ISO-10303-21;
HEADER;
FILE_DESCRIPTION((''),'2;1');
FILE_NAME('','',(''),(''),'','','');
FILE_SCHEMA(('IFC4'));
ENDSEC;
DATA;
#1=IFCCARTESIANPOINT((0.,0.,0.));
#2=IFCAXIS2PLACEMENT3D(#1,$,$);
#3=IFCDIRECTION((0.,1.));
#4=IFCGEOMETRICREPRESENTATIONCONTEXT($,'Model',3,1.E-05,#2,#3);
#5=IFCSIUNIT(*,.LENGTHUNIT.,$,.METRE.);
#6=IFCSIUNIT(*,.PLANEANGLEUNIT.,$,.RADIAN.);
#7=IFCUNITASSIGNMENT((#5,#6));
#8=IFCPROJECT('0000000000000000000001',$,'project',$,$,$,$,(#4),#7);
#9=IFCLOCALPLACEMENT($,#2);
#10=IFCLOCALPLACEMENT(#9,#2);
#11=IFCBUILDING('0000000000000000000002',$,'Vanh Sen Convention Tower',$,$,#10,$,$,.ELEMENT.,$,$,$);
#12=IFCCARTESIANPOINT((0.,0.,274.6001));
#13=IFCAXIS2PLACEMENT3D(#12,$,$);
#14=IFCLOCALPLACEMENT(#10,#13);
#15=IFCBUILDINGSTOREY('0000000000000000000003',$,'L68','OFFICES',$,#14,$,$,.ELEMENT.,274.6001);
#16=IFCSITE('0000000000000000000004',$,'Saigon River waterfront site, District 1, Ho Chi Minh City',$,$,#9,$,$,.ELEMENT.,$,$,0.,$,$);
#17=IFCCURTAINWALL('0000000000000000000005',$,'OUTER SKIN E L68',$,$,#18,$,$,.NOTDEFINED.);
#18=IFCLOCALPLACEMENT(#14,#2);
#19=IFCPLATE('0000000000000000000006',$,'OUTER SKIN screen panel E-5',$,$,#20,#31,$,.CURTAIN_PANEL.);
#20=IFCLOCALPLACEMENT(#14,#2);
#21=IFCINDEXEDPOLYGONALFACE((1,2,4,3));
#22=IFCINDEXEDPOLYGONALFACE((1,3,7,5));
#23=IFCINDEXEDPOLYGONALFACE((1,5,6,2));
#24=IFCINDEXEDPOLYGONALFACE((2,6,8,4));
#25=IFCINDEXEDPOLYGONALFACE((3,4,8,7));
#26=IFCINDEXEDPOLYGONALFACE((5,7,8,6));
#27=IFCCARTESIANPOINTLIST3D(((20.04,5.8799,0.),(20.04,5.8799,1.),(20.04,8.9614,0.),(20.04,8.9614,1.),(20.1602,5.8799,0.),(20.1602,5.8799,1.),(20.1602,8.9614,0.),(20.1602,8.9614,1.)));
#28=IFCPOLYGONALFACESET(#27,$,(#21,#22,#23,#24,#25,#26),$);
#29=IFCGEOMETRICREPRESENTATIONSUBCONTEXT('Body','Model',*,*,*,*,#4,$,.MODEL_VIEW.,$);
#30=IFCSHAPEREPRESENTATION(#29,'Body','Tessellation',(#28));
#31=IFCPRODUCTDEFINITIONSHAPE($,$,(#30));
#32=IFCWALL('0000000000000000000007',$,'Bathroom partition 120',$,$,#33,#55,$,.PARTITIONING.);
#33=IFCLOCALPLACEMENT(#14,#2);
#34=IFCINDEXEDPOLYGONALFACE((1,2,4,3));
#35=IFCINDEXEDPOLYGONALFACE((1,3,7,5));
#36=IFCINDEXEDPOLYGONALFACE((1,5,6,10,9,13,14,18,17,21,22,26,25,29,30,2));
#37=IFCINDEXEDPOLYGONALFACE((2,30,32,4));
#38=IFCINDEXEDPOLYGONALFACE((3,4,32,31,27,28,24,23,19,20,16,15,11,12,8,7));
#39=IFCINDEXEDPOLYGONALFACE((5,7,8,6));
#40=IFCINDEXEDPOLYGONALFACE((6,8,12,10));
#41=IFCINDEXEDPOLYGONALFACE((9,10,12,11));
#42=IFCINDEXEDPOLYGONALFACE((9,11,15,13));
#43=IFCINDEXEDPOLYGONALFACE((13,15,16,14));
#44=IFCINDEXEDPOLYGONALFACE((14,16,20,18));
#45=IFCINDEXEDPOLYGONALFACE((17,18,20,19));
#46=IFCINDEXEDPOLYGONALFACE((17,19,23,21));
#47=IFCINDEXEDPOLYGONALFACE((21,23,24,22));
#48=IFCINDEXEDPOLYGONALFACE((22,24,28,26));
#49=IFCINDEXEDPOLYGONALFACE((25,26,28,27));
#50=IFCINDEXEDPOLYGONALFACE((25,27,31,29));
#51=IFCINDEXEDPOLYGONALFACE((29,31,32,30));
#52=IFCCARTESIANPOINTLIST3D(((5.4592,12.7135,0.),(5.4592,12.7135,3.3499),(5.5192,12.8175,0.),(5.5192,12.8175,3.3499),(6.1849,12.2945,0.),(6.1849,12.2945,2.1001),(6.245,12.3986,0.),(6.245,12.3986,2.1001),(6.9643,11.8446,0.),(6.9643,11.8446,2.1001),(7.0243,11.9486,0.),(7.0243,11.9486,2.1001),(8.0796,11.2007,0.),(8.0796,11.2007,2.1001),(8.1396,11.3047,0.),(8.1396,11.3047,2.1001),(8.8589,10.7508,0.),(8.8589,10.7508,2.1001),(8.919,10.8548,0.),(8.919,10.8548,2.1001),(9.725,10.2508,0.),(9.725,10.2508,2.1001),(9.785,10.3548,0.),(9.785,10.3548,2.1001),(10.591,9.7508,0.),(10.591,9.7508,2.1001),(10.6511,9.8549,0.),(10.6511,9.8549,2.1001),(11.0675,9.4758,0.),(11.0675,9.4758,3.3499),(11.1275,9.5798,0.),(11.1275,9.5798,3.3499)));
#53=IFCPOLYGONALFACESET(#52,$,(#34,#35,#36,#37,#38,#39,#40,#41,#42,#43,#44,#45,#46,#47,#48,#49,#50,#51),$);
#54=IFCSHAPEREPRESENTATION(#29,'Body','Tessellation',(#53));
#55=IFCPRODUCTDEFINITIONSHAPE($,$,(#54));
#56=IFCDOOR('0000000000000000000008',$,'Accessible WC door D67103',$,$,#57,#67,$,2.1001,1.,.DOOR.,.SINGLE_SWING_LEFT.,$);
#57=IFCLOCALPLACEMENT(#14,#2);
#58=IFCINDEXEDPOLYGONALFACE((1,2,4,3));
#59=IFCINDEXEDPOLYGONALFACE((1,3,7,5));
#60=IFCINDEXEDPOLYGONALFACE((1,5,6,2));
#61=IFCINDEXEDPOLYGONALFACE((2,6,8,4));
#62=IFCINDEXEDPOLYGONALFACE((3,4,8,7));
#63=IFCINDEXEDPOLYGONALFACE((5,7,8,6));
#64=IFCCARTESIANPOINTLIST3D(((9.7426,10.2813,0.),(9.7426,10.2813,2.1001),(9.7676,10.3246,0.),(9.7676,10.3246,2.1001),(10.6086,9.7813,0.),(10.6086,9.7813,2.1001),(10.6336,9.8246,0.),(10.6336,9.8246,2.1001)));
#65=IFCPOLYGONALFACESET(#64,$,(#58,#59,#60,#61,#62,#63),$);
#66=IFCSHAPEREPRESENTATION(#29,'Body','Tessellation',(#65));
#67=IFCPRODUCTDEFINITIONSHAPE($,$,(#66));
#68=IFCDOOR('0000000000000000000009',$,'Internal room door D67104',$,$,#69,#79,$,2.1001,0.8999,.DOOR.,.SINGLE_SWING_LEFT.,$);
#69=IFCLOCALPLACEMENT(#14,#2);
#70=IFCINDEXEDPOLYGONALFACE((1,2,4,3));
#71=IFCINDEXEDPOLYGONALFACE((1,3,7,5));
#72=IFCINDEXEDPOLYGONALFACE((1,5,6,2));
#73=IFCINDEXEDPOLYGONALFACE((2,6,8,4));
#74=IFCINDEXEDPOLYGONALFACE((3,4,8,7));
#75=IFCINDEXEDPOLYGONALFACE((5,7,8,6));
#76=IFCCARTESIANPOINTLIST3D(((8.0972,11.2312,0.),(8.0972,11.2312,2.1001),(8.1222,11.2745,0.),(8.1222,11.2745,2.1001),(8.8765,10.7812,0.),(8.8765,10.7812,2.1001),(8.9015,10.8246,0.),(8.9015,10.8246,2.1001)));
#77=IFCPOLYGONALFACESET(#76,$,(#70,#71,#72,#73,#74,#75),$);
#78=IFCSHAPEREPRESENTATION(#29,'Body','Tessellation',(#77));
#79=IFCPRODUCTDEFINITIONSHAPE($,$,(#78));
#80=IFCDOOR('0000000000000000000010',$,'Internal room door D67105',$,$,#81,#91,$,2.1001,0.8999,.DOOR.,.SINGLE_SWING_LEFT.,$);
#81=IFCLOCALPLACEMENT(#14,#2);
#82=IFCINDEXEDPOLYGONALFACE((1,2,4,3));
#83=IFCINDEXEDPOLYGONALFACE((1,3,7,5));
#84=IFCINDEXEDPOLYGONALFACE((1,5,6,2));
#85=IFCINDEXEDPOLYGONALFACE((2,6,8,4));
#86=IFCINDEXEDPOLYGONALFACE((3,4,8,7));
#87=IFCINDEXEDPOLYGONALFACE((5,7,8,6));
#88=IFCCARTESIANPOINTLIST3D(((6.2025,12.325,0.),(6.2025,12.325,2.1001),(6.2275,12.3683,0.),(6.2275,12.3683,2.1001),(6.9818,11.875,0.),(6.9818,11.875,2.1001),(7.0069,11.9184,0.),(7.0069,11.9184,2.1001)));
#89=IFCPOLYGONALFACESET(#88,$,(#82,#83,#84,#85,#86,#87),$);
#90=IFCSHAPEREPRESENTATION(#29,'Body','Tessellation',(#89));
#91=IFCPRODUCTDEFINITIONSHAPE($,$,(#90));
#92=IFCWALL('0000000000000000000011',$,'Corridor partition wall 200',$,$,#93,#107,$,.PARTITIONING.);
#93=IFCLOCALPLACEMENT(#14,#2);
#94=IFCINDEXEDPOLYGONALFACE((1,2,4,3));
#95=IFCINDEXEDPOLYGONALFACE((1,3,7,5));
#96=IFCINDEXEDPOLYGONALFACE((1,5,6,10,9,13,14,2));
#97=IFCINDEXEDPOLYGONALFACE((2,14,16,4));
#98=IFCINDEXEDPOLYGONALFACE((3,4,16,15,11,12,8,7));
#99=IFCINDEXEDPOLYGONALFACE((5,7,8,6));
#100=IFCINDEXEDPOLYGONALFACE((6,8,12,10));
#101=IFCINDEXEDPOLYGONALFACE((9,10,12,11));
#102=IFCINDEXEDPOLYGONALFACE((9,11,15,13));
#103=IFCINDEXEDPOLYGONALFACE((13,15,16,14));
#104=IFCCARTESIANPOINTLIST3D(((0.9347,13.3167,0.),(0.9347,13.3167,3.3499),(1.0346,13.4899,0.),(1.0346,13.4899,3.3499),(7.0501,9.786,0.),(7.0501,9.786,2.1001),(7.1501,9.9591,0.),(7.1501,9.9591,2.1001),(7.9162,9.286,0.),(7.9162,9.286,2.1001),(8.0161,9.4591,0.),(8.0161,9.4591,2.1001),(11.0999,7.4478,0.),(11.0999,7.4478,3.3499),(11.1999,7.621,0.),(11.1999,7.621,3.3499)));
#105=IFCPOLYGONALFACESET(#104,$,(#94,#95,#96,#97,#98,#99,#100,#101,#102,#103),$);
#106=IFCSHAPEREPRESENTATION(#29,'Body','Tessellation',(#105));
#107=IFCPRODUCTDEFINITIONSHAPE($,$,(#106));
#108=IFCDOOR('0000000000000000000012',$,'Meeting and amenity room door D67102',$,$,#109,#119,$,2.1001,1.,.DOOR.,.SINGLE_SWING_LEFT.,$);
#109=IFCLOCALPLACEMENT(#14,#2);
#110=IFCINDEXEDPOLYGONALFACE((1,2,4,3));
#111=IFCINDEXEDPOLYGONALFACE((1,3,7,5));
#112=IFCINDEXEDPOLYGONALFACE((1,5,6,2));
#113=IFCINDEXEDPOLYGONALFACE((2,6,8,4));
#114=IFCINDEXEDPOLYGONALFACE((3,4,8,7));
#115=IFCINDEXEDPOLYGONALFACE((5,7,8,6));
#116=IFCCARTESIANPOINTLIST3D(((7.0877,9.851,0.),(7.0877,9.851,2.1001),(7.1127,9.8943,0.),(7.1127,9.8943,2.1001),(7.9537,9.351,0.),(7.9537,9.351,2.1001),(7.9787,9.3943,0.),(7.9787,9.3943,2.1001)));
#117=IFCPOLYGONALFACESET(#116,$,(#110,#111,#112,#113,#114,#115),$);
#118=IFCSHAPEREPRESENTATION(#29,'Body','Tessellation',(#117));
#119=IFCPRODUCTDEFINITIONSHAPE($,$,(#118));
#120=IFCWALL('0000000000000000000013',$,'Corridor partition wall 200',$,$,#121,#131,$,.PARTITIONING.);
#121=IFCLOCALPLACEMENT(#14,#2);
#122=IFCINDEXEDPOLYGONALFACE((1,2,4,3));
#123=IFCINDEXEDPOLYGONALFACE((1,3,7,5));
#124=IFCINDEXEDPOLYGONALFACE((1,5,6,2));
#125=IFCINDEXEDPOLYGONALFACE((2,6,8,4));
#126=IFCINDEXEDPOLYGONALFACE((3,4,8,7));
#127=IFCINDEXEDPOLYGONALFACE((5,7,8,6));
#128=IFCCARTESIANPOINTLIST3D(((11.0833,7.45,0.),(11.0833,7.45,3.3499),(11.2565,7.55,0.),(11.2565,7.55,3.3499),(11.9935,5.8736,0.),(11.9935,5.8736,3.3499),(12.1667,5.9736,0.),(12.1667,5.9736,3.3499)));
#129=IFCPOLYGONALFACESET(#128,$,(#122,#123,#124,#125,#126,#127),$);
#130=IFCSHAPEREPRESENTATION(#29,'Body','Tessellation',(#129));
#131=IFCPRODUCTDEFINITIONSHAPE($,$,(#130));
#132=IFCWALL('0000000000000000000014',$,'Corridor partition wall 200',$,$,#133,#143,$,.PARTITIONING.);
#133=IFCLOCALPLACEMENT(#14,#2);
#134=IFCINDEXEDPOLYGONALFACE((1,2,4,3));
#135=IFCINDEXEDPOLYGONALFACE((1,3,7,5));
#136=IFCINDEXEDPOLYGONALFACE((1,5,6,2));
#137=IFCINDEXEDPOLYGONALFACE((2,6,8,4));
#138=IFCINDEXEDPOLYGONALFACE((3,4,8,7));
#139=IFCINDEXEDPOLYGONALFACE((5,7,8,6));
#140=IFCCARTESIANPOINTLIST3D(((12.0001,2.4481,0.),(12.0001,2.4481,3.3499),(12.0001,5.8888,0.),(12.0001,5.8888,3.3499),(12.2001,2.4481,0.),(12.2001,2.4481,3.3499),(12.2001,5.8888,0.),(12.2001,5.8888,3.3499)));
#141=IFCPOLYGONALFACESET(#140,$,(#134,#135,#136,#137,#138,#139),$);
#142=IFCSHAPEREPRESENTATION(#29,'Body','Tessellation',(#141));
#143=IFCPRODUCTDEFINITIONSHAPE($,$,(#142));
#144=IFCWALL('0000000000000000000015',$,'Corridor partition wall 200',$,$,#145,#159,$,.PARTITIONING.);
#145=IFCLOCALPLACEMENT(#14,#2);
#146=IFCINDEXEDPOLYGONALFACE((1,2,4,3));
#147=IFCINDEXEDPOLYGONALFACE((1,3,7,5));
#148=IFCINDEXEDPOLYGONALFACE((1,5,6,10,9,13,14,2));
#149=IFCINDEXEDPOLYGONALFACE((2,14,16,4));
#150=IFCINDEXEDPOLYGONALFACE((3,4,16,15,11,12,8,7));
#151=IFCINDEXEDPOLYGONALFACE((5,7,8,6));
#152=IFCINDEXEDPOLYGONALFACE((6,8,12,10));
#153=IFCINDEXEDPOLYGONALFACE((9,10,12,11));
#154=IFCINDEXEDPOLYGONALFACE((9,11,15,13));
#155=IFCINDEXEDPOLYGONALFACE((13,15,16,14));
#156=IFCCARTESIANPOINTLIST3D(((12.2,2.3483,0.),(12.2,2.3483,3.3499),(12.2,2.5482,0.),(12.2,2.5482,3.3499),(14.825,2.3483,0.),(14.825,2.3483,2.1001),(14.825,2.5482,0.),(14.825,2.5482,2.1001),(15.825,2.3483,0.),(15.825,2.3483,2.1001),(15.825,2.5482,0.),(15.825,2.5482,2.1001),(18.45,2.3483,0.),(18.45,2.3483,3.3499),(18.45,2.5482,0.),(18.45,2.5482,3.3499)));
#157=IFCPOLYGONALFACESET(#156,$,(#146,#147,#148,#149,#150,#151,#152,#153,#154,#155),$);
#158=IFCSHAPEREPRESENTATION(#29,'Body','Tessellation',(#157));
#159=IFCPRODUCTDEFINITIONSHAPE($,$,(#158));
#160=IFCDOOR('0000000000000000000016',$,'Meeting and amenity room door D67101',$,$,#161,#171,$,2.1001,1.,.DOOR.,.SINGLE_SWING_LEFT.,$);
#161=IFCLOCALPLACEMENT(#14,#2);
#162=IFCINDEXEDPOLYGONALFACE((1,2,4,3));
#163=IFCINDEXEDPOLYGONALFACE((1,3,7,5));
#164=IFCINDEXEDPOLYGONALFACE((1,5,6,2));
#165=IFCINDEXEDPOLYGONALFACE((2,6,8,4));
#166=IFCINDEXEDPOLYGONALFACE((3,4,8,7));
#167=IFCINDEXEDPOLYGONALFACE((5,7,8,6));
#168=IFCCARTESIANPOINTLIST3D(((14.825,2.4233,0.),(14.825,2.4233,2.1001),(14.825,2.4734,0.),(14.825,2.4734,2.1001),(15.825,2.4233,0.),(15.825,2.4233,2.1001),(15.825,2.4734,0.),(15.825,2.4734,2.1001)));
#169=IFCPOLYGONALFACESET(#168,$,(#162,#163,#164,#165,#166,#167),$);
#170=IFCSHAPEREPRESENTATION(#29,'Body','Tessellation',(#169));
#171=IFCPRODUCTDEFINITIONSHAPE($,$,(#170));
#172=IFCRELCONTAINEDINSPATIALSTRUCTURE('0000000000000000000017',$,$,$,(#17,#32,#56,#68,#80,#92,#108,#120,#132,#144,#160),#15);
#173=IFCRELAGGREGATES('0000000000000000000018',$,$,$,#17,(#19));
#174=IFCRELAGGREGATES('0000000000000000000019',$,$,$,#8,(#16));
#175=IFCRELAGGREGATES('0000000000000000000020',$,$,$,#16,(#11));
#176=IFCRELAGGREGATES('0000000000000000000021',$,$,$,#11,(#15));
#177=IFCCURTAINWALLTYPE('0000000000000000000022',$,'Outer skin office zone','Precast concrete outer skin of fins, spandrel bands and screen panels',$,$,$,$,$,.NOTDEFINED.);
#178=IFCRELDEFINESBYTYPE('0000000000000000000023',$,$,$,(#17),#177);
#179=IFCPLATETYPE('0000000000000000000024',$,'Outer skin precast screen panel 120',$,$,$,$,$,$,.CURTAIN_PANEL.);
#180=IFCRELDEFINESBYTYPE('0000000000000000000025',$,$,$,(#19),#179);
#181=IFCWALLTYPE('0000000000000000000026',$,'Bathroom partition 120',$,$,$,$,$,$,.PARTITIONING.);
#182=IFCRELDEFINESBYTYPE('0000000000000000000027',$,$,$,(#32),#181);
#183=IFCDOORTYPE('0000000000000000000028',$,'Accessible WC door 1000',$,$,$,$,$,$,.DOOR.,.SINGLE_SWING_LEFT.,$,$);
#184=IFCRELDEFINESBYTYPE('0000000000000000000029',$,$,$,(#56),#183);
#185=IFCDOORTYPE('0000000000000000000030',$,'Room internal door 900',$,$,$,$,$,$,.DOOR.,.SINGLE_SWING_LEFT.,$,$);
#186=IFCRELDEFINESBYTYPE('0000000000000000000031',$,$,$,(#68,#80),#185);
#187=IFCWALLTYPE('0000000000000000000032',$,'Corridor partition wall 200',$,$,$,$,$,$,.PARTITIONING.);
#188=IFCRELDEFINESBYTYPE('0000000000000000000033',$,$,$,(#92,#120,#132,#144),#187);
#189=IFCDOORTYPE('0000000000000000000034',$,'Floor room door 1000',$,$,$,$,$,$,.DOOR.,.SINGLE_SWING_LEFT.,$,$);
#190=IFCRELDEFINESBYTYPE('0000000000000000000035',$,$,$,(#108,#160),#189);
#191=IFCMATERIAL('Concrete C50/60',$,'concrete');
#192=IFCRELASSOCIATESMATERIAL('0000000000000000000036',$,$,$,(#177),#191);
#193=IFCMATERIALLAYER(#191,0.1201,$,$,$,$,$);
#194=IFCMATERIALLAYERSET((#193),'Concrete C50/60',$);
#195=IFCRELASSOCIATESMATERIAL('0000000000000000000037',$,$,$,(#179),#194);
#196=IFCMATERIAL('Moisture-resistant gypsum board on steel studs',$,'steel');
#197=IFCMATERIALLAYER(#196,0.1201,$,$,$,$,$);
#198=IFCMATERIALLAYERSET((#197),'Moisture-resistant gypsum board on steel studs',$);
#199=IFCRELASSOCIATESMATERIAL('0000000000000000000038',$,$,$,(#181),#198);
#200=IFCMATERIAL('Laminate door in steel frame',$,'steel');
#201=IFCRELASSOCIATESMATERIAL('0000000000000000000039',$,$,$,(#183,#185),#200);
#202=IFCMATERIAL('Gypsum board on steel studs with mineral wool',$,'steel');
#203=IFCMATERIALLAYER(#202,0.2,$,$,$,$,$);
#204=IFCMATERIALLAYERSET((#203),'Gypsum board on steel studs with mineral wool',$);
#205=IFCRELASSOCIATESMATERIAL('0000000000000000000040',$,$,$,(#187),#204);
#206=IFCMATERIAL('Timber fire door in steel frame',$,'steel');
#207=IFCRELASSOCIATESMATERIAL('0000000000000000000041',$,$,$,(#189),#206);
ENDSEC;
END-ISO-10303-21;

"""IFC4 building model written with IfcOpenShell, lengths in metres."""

from ifc_helpers import new_model, si_unit, direction, frame, frame_2d, origin, origin_2d, place, context, subcontext, project, spatial, rectangle, extrude, material, layer, layer_set, type_object, element, fill, aggregate, save


model = new_model("IFC4")

# Units and contexts
model_context = context("Model", 3, precision=1e-05, world=origin(), true_north=direction((0.0, 1.0)))
body_context = subcontext(model_context, "Body", "Model", "MODEL_VIEW")
ifc_project = project(units=[si_unit("LENGTHUNIT", "METRE"), si_unit("PLANEANGLEUNIT", "RADIAN")], contexts=[model_context])

# Site, building, storey
site_placement = place(None, origin())
site = spatial("IfcSite", under=ifc_project, at=site_placement, Name="Saigon River waterfront site, District 1, Ho Chi Minh City", CompositionType="ELEMENT", RefElevation=0.0)
building_placement = place(site_placement, origin())
building = spatial("IfcBuilding", under=site, at=building_placement, Name="Vanh Sen Convention Tower", CompositionType="ELEMENT")
storey_placement = place(building_placement, frame((0.0, 0.0, 274.6001)))
storey = spatial("IfcBuildingStorey", under=building, at=storey_placement, Name="L68", Description="OFFICES", CompositionType="ELEMENT", Elevation=274.6001)

# Curtain wall
ifc_material_1 = material(Name="Concrete C50/60", Category="concrete")
curtain_wall_type = type_object("IfcCurtainWallType", Name="Outer skin office zone", Description="Precast concrete outer skin of fins, spandrel bands and screen panels", PredefinedType="NOTDEFINED", material=ifc_material_1)
curtain_wall_1_placement = place(storey_placement, origin())
curtain_wall_1 = element("IfcCurtainWall", 1, at=curtain_wall_1_placement, inside=storey, type_object=curtain_wall_type, Name="OUTER SKIN E L68", PredefinedType="NOTDEFINED")

# Plate
ifc_layer_1 = layer(ifc_material_1, 0.1201)
ifc_layer_set_1 = layer_set([ifc_layer_1], Name="Concrete C50/60")
plate_type = type_object("IfcPlateType", Name="Outer skin precast screen panel 120", PredefinedType="CURTAIN_PANEL", material=ifc_layer_set_1)
plate_1_placement = place(storey_placement, frame((20.1001, 7.4207, 0.0), z_axis=(0.0, 0.0, 1.0), x_axis=(0.0, 1.0, 0.0)))
plate_1 = element("IfcPlate", 2, at=plate_1_placement, type_object=plate_type, Name="OUTER SKIN screen panel E-5", PredefinedType="CURTAIN_PANEL", context=body_context, shape_type="SweptSolid", body=[
    extrude(rectangle(XDim=3.0815, YDim=0.1201, at=origin_2d()), origin(), (0.0, 0.0, 1.0), 1.0),
])
aggregate(curtain_wall_1, [plate_1])

# Wall, openings, doors
ifc_material_2 = material(Name="Moisture-resistant gypsum board on steel studs", Category="steel")
ifc_layer_2 = layer(ifc_material_2, 0.1201)
ifc_layer_set_2 = layer_set([ifc_layer_2], Name="Moisture-resistant gypsum board on steel studs")
wall_type_1 = type_object("IfcWallType", Name="Bathroom partition 120", PredefinedType="PARTITIONING", material=ifc_layer_set_2)
wall_1_placement = place(storey_placement, frame((11.0974, 9.5278, 0.0), z_axis=(0.0, 0.0, 1.0), x_axis=(-0.86604, 0.499975, 0.0)))
wall_1 = element("IfcWall", 3, at=wall_1_placement, inside=storey, type_object=wall_type_1, Name="Bathroom partition 120", PredefinedType="PARTITIONING", context=body_context, shape_type="SweptSolid", body=[
    extrude(rectangle(XDim=6.4758, YDim=0.1201, at=frame_2d((3.2378, 0.0))), origin(), (0.0, 0.0, 1.0), 3.3499),
])
opening_1_placement = place(wall_1_placement, frame((0.55, 0.0, 0.0)))
opening_1 = element("IfcOpeningElement", 4, at=opening_1_placement, cuts=wall_1, PredefinedType="OPENING", context=body_context, shape_type="SweptSolid", body=[
    extrude(rectangle(XDim=1.0, YDim=2.1001, at=frame_2d((0.5, 1.05))), frame((0.0, 0.0701, 0.0), z_axis=(0.0, -1.0, 0.0), x_axis=(1.0, 0.0, 0.0)), (0.0, 0.0, 1.0), 0.1401),
])
opening_2_placement = place(wall_1_placement, frame((2.55, 0.0, 0.0)))
opening_2 = element("IfcOpeningElement", 5, at=opening_2_placement, cuts=wall_1, PredefinedType="OPENING", context=body_context, shape_type="SweptSolid", body=[
    extrude(rectangle(XDim=0.8999, YDim=2.1001, at=frame_2d((0.45, 1.05))), frame((0.0, 0.0701, 0.0), z_axis=(0.0, -1.0, 0.0), x_axis=(1.0, 0.0, 0.0)), (0.0, 0.0, 1.0), 0.1401),
])
opening_3_placement = place(wall_1_placement, frame((4.7378, 0.0, 0.0)))
opening_3 = element("IfcOpeningElement", 6, at=opening_3_placement, cuts=wall_1, PredefinedType="OPENING", context=body_context, shape_type="SweptSolid", body=[
    extrude(rectangle(XDim=0.8999, YDim=2.1001, at=frame_2d((0.45, 1.05))), frame((0.0, 0.0701, 0.0), z_axis=(0.0, -1.0, 0.0), x_axis=(1.0, 0.0, 0.0)), (0.0, 0.0, 1.0), 0.1401),
])
ifc_material_3 = material(Name="Laminate door in steel frame", Category="steel")
door_type_1 = type_object("IfcDoorType", Name="Accessible WC door 1000", OperationType="SINGLE_SWING_LEFT", PredefinedType="DOOR", material=ifc_material_3)
door_1_placement = place(opening_1_placement, origin())
door_1 = element("IfcDoor", 7, at=door_1_placement, inside=storey, type_object=door_type_1, Name="Accessible WC door D67103", OperationType="SINGLE_SWING_LEFT", OverallHeight=2.1001, OverallWidth=1.0, PredefinedType="DOOR", context=body_context, shape_type="SweptSolid", body=[
    extrude(rectangle(XDim=1.0, YDim=2.1001, at=frame_2d((0.5, 1.05))), frame((0.0, 0.0249, 0.0), z_axis=(0.0, -1.0, 0.0), x_axis=(1.0, 0.0, 0.0)), (0.0, 0.0, 1.0), 0.05),
])
fill(opening_1, door_1)
door_type_2 = type_object("IfcDoorType", Name="Room internal door 900", OperationType="SINGLE_SWING_LEFT", PredefinedType="DOOR", material=ifc_material_3)
door_2_placement = place(opening_2_placement, origin())
door_2 = element("IfcDoor", 8, at=door_2_placement, inside=storey, type_object=door_type_2, Name="Internal room door D67104", OperationType="SINGLE_SWING_LEFT", OverallHeight=2.1001, OverallWidth=0.8999, PredefinedType="DOOR", context=body_context, shape_type="SweptSolid", body=[
    extrude(rectangle(XDim=0.8999, YDim=2.1001, at=frame_2d((0.45, 1.05))), frame((0.0, 0.0249, 0.0), z_axis=(0.0, -1.0, 0.0), x_axis=(1.0, 0.0, 0.0)), (0.0, 0.0, 1.0), 0.05),
])
fill(opening_2, door_2)
door_3_placement = place(opening_3_placement, origin())
door_3 = element("IfcDoor", 9, at=door_3_placement, inside=storey, type_object=door_type_2, Name="Internal room door D67105", OperationType="SINGLE_SWING_LEFT", OverallHeight=2.1001, OverallWidth=0.8999, PredefinedType="DOOR", context=body_context, shape_type="SweptSolid", body=[
    extrude(rectangle(XDim=0.8999, YDim=2.1001, at=frame_2d((0.45, 1.05))), frame((0.0, 0.0249, 0.0), z_axis=(0.0, -1.0, 0.0), x_axis=(1.0, 0.0, 0.0)), (0.0, 0.0, 1.0), 0.05),
])
fill(opening_3, door_3)

# Wall, opening, door
ifc_material_4 = material(Name="Gypsum board on steel studs with mineral wool", Category="steel")
ifc_layer_3 = layer(ifc_material_4, 0.2)
ifc_layer_set_3 = layer_set([ifc_layer_3], Name="Gypsum board on steel studs with mineral wool")
wall_type_2 = type_object("IfcWallType", Name="Corridor partition wall 200", PredefinedType="PARTITIONING", material=ifc_layer_set_3)
wall_2_placement = place(storey_placement, frame((11.1499, 7.5344, 0.0), z_axis=(0.0, 0.0, 1.0), x_axis=(-0.866027, 0.499998, 0.0)))
wall_2 = element("IfcWall", 10, at=wall_2_placement, inside=storey, type_object=wall_type_2, Name="Corridor partition wall 200", PredefinedType="PARTITIONING", context=body_context, shape_type="SweptSolid", body=[
    extrude(rectangle(XDim=11.7378, YDim=0.2, at=frame_2d((5.8689, 0.0))), origin(), (0.0, 0.0, 1.0), 3.3499),
])
opening_4_placement = place(wall_2_placement, frame((3.6763, 0.0, 0.0)))
opening_4 = element("IfcOpeningElement", 11, at=opening_4_placement, cuts=wall_2, PredefinedType="OPENING", context=body_context, shape_type="SweptSolid", body=[
    extrude(rectangle(XDim=1.0, YDim=2.1001, at=frame_2d((0.5, 1.05))), frame((0.0, 0.1099, 0.0), z_axis=(0.0, -1.0, 0.0), x_axis=(1.0, 0.0, 0.0)), (0.0, 0.0, 1.0), 0.22),
])
ifc_material_5 = material(Name="Timber fire door in steel frame", Category="steel")
door_type_3 = type_object("IfcDoorType", Name="Floor room door 1000", OperationType="SINGLE_SWING_LEFT", PredefinedType="DOOR", material=ifc_material_5)
door_4_placement = place(opening_4_placement, origin())
door_4 = element("IfcDoor", 12, at=door_4_placement, inside=storey, type_object=door_type_3, Name="Meeting and amenity room door D67102", OperationType="SINGLE_SWING_LEFT", OverallHeight=2.1001, OverallWidth=1.0, PredefinedType="DOOR", context=body_context, shape_type="SweptSolid", body=[
    extrude(rectangle(XDim=1.0, YDim=2.1001, at=frame_2d((0.5, 1.05))), frame((0.0, 0.0249, 0.0), z_axis=(0.0, -1.0, 0.0), x_axis=(1.0, 0.0, 0.0)), (0.0, 0.0, 1.0), 0.05),
])
fill(opening_4, door_4)

# Walls
wall_3_placement = place(storey_placement, frame((12.0801, 5.9236, 0.0), z_axis=(0.0, 0.0, 1.0), x_axis=(-0.500005, 0.866023, 0.0)))
element("IfcWall", 13, at=wall_3_placement, inside=storey, type_object=wall_type_2, Name="Corridor partition wall 200", PredefinedType="PARTITIONING", context=body_context, shape_type="SweptSolid", body=[
    extrude(rectangle(XDim=1.8203, YDim=0.2, at=frame_2d((0.9102, 0.0))), origin(), (0.0, 0.0, 1.0), 3.3499),
])
wall_4_placement = place(storey_placement, frame((12.1001, 2.4482, 0.0), z_axis=(0.0, 0.0, 1.0), x_axis=(0.0, 1.0, 0.0)))
element("IfcWall", 14, at=wall_4_placement, inside=storey, type_object=wall_type_2, Name="Corridor partition wall 200", PredefinedType="PARTITIONING", context=body_context, shape_type="SweptSolid", body=[
    extrude(rectangle(XDim=3.4407, YDim=0.2, at=frame_2d((1.7202, 0.0))), origin(), (0.0, 0.0, 1.0), 3.3499),
])

# Wall, opening, door
wall_5_placement = place(storey_placement, frame((18.45, 2.4482, 0.0), z_axis=(0.0, 0.0, 1.0), x_axis=(-1.0, 0.0, 0.0)))
wall_5 = element("IfcWall", 15, at=wall_5_placement, inside=storey, type_object=wall_type_2, Name="Corridor partition wall 200", PredefinedType="PARTITIONING", context=body_context, shape_type="SweptSolid", body=[
    extrude(rectangle(XDim=6.25, YDim=0.2, at=frame_2d((3.125, 0.0))), origin(), (0.0, 0.0, 1.0), 3.3499),
])
opening_5_placement = place(wall_5_placement, frame((2.625, 0.0, 0.0)))
opening_5 = element("IfcOpeningElement", 16, at=opening_5_placement, cuts=wall_5, PredefinedType="OPENING", context=body_context, shape_type="SweptSolid", body=[
    extrude(rectangle(XDim=1.0, YDim=2.1001, at=frame_2d((0.5, 1.05))), frame((0.0, 0.1099, 0.0), z_axis=(0.0, -1.0, 0.0), x_axis=(1.0, 0.0, 0.0)), (0.0, 0.0, 1.0), 0.22),
])
door_5_placement = place(opening_5_placement, origin())
door_5 = element("IfcDoor", 17, at=door_5_placement, inside=storey, type_object=door_type_3, Name="Meeting and amenity room door D67101", OperationType="SINGLE_SWING_LEFT", OverallHeight=2.1001, OverallWidth=1.0, PredefinedType="DOOR", context=body_context, shape_type="SweptSolid", body=[
    extrude(rectangle(XDim=1.0, YDim=2.1001, at=frame_2d((0.5, 1.05))), frame((0.0, 0.0249, 0.0), z_axis=(0.0, -1.0, 0.0), x_axis=(1.0, 0.0, 0.0)), (0.0, 0.0, 1.0), 0.05),
])
fill(opening_5, door_5)

save(model, "model.ifc")
